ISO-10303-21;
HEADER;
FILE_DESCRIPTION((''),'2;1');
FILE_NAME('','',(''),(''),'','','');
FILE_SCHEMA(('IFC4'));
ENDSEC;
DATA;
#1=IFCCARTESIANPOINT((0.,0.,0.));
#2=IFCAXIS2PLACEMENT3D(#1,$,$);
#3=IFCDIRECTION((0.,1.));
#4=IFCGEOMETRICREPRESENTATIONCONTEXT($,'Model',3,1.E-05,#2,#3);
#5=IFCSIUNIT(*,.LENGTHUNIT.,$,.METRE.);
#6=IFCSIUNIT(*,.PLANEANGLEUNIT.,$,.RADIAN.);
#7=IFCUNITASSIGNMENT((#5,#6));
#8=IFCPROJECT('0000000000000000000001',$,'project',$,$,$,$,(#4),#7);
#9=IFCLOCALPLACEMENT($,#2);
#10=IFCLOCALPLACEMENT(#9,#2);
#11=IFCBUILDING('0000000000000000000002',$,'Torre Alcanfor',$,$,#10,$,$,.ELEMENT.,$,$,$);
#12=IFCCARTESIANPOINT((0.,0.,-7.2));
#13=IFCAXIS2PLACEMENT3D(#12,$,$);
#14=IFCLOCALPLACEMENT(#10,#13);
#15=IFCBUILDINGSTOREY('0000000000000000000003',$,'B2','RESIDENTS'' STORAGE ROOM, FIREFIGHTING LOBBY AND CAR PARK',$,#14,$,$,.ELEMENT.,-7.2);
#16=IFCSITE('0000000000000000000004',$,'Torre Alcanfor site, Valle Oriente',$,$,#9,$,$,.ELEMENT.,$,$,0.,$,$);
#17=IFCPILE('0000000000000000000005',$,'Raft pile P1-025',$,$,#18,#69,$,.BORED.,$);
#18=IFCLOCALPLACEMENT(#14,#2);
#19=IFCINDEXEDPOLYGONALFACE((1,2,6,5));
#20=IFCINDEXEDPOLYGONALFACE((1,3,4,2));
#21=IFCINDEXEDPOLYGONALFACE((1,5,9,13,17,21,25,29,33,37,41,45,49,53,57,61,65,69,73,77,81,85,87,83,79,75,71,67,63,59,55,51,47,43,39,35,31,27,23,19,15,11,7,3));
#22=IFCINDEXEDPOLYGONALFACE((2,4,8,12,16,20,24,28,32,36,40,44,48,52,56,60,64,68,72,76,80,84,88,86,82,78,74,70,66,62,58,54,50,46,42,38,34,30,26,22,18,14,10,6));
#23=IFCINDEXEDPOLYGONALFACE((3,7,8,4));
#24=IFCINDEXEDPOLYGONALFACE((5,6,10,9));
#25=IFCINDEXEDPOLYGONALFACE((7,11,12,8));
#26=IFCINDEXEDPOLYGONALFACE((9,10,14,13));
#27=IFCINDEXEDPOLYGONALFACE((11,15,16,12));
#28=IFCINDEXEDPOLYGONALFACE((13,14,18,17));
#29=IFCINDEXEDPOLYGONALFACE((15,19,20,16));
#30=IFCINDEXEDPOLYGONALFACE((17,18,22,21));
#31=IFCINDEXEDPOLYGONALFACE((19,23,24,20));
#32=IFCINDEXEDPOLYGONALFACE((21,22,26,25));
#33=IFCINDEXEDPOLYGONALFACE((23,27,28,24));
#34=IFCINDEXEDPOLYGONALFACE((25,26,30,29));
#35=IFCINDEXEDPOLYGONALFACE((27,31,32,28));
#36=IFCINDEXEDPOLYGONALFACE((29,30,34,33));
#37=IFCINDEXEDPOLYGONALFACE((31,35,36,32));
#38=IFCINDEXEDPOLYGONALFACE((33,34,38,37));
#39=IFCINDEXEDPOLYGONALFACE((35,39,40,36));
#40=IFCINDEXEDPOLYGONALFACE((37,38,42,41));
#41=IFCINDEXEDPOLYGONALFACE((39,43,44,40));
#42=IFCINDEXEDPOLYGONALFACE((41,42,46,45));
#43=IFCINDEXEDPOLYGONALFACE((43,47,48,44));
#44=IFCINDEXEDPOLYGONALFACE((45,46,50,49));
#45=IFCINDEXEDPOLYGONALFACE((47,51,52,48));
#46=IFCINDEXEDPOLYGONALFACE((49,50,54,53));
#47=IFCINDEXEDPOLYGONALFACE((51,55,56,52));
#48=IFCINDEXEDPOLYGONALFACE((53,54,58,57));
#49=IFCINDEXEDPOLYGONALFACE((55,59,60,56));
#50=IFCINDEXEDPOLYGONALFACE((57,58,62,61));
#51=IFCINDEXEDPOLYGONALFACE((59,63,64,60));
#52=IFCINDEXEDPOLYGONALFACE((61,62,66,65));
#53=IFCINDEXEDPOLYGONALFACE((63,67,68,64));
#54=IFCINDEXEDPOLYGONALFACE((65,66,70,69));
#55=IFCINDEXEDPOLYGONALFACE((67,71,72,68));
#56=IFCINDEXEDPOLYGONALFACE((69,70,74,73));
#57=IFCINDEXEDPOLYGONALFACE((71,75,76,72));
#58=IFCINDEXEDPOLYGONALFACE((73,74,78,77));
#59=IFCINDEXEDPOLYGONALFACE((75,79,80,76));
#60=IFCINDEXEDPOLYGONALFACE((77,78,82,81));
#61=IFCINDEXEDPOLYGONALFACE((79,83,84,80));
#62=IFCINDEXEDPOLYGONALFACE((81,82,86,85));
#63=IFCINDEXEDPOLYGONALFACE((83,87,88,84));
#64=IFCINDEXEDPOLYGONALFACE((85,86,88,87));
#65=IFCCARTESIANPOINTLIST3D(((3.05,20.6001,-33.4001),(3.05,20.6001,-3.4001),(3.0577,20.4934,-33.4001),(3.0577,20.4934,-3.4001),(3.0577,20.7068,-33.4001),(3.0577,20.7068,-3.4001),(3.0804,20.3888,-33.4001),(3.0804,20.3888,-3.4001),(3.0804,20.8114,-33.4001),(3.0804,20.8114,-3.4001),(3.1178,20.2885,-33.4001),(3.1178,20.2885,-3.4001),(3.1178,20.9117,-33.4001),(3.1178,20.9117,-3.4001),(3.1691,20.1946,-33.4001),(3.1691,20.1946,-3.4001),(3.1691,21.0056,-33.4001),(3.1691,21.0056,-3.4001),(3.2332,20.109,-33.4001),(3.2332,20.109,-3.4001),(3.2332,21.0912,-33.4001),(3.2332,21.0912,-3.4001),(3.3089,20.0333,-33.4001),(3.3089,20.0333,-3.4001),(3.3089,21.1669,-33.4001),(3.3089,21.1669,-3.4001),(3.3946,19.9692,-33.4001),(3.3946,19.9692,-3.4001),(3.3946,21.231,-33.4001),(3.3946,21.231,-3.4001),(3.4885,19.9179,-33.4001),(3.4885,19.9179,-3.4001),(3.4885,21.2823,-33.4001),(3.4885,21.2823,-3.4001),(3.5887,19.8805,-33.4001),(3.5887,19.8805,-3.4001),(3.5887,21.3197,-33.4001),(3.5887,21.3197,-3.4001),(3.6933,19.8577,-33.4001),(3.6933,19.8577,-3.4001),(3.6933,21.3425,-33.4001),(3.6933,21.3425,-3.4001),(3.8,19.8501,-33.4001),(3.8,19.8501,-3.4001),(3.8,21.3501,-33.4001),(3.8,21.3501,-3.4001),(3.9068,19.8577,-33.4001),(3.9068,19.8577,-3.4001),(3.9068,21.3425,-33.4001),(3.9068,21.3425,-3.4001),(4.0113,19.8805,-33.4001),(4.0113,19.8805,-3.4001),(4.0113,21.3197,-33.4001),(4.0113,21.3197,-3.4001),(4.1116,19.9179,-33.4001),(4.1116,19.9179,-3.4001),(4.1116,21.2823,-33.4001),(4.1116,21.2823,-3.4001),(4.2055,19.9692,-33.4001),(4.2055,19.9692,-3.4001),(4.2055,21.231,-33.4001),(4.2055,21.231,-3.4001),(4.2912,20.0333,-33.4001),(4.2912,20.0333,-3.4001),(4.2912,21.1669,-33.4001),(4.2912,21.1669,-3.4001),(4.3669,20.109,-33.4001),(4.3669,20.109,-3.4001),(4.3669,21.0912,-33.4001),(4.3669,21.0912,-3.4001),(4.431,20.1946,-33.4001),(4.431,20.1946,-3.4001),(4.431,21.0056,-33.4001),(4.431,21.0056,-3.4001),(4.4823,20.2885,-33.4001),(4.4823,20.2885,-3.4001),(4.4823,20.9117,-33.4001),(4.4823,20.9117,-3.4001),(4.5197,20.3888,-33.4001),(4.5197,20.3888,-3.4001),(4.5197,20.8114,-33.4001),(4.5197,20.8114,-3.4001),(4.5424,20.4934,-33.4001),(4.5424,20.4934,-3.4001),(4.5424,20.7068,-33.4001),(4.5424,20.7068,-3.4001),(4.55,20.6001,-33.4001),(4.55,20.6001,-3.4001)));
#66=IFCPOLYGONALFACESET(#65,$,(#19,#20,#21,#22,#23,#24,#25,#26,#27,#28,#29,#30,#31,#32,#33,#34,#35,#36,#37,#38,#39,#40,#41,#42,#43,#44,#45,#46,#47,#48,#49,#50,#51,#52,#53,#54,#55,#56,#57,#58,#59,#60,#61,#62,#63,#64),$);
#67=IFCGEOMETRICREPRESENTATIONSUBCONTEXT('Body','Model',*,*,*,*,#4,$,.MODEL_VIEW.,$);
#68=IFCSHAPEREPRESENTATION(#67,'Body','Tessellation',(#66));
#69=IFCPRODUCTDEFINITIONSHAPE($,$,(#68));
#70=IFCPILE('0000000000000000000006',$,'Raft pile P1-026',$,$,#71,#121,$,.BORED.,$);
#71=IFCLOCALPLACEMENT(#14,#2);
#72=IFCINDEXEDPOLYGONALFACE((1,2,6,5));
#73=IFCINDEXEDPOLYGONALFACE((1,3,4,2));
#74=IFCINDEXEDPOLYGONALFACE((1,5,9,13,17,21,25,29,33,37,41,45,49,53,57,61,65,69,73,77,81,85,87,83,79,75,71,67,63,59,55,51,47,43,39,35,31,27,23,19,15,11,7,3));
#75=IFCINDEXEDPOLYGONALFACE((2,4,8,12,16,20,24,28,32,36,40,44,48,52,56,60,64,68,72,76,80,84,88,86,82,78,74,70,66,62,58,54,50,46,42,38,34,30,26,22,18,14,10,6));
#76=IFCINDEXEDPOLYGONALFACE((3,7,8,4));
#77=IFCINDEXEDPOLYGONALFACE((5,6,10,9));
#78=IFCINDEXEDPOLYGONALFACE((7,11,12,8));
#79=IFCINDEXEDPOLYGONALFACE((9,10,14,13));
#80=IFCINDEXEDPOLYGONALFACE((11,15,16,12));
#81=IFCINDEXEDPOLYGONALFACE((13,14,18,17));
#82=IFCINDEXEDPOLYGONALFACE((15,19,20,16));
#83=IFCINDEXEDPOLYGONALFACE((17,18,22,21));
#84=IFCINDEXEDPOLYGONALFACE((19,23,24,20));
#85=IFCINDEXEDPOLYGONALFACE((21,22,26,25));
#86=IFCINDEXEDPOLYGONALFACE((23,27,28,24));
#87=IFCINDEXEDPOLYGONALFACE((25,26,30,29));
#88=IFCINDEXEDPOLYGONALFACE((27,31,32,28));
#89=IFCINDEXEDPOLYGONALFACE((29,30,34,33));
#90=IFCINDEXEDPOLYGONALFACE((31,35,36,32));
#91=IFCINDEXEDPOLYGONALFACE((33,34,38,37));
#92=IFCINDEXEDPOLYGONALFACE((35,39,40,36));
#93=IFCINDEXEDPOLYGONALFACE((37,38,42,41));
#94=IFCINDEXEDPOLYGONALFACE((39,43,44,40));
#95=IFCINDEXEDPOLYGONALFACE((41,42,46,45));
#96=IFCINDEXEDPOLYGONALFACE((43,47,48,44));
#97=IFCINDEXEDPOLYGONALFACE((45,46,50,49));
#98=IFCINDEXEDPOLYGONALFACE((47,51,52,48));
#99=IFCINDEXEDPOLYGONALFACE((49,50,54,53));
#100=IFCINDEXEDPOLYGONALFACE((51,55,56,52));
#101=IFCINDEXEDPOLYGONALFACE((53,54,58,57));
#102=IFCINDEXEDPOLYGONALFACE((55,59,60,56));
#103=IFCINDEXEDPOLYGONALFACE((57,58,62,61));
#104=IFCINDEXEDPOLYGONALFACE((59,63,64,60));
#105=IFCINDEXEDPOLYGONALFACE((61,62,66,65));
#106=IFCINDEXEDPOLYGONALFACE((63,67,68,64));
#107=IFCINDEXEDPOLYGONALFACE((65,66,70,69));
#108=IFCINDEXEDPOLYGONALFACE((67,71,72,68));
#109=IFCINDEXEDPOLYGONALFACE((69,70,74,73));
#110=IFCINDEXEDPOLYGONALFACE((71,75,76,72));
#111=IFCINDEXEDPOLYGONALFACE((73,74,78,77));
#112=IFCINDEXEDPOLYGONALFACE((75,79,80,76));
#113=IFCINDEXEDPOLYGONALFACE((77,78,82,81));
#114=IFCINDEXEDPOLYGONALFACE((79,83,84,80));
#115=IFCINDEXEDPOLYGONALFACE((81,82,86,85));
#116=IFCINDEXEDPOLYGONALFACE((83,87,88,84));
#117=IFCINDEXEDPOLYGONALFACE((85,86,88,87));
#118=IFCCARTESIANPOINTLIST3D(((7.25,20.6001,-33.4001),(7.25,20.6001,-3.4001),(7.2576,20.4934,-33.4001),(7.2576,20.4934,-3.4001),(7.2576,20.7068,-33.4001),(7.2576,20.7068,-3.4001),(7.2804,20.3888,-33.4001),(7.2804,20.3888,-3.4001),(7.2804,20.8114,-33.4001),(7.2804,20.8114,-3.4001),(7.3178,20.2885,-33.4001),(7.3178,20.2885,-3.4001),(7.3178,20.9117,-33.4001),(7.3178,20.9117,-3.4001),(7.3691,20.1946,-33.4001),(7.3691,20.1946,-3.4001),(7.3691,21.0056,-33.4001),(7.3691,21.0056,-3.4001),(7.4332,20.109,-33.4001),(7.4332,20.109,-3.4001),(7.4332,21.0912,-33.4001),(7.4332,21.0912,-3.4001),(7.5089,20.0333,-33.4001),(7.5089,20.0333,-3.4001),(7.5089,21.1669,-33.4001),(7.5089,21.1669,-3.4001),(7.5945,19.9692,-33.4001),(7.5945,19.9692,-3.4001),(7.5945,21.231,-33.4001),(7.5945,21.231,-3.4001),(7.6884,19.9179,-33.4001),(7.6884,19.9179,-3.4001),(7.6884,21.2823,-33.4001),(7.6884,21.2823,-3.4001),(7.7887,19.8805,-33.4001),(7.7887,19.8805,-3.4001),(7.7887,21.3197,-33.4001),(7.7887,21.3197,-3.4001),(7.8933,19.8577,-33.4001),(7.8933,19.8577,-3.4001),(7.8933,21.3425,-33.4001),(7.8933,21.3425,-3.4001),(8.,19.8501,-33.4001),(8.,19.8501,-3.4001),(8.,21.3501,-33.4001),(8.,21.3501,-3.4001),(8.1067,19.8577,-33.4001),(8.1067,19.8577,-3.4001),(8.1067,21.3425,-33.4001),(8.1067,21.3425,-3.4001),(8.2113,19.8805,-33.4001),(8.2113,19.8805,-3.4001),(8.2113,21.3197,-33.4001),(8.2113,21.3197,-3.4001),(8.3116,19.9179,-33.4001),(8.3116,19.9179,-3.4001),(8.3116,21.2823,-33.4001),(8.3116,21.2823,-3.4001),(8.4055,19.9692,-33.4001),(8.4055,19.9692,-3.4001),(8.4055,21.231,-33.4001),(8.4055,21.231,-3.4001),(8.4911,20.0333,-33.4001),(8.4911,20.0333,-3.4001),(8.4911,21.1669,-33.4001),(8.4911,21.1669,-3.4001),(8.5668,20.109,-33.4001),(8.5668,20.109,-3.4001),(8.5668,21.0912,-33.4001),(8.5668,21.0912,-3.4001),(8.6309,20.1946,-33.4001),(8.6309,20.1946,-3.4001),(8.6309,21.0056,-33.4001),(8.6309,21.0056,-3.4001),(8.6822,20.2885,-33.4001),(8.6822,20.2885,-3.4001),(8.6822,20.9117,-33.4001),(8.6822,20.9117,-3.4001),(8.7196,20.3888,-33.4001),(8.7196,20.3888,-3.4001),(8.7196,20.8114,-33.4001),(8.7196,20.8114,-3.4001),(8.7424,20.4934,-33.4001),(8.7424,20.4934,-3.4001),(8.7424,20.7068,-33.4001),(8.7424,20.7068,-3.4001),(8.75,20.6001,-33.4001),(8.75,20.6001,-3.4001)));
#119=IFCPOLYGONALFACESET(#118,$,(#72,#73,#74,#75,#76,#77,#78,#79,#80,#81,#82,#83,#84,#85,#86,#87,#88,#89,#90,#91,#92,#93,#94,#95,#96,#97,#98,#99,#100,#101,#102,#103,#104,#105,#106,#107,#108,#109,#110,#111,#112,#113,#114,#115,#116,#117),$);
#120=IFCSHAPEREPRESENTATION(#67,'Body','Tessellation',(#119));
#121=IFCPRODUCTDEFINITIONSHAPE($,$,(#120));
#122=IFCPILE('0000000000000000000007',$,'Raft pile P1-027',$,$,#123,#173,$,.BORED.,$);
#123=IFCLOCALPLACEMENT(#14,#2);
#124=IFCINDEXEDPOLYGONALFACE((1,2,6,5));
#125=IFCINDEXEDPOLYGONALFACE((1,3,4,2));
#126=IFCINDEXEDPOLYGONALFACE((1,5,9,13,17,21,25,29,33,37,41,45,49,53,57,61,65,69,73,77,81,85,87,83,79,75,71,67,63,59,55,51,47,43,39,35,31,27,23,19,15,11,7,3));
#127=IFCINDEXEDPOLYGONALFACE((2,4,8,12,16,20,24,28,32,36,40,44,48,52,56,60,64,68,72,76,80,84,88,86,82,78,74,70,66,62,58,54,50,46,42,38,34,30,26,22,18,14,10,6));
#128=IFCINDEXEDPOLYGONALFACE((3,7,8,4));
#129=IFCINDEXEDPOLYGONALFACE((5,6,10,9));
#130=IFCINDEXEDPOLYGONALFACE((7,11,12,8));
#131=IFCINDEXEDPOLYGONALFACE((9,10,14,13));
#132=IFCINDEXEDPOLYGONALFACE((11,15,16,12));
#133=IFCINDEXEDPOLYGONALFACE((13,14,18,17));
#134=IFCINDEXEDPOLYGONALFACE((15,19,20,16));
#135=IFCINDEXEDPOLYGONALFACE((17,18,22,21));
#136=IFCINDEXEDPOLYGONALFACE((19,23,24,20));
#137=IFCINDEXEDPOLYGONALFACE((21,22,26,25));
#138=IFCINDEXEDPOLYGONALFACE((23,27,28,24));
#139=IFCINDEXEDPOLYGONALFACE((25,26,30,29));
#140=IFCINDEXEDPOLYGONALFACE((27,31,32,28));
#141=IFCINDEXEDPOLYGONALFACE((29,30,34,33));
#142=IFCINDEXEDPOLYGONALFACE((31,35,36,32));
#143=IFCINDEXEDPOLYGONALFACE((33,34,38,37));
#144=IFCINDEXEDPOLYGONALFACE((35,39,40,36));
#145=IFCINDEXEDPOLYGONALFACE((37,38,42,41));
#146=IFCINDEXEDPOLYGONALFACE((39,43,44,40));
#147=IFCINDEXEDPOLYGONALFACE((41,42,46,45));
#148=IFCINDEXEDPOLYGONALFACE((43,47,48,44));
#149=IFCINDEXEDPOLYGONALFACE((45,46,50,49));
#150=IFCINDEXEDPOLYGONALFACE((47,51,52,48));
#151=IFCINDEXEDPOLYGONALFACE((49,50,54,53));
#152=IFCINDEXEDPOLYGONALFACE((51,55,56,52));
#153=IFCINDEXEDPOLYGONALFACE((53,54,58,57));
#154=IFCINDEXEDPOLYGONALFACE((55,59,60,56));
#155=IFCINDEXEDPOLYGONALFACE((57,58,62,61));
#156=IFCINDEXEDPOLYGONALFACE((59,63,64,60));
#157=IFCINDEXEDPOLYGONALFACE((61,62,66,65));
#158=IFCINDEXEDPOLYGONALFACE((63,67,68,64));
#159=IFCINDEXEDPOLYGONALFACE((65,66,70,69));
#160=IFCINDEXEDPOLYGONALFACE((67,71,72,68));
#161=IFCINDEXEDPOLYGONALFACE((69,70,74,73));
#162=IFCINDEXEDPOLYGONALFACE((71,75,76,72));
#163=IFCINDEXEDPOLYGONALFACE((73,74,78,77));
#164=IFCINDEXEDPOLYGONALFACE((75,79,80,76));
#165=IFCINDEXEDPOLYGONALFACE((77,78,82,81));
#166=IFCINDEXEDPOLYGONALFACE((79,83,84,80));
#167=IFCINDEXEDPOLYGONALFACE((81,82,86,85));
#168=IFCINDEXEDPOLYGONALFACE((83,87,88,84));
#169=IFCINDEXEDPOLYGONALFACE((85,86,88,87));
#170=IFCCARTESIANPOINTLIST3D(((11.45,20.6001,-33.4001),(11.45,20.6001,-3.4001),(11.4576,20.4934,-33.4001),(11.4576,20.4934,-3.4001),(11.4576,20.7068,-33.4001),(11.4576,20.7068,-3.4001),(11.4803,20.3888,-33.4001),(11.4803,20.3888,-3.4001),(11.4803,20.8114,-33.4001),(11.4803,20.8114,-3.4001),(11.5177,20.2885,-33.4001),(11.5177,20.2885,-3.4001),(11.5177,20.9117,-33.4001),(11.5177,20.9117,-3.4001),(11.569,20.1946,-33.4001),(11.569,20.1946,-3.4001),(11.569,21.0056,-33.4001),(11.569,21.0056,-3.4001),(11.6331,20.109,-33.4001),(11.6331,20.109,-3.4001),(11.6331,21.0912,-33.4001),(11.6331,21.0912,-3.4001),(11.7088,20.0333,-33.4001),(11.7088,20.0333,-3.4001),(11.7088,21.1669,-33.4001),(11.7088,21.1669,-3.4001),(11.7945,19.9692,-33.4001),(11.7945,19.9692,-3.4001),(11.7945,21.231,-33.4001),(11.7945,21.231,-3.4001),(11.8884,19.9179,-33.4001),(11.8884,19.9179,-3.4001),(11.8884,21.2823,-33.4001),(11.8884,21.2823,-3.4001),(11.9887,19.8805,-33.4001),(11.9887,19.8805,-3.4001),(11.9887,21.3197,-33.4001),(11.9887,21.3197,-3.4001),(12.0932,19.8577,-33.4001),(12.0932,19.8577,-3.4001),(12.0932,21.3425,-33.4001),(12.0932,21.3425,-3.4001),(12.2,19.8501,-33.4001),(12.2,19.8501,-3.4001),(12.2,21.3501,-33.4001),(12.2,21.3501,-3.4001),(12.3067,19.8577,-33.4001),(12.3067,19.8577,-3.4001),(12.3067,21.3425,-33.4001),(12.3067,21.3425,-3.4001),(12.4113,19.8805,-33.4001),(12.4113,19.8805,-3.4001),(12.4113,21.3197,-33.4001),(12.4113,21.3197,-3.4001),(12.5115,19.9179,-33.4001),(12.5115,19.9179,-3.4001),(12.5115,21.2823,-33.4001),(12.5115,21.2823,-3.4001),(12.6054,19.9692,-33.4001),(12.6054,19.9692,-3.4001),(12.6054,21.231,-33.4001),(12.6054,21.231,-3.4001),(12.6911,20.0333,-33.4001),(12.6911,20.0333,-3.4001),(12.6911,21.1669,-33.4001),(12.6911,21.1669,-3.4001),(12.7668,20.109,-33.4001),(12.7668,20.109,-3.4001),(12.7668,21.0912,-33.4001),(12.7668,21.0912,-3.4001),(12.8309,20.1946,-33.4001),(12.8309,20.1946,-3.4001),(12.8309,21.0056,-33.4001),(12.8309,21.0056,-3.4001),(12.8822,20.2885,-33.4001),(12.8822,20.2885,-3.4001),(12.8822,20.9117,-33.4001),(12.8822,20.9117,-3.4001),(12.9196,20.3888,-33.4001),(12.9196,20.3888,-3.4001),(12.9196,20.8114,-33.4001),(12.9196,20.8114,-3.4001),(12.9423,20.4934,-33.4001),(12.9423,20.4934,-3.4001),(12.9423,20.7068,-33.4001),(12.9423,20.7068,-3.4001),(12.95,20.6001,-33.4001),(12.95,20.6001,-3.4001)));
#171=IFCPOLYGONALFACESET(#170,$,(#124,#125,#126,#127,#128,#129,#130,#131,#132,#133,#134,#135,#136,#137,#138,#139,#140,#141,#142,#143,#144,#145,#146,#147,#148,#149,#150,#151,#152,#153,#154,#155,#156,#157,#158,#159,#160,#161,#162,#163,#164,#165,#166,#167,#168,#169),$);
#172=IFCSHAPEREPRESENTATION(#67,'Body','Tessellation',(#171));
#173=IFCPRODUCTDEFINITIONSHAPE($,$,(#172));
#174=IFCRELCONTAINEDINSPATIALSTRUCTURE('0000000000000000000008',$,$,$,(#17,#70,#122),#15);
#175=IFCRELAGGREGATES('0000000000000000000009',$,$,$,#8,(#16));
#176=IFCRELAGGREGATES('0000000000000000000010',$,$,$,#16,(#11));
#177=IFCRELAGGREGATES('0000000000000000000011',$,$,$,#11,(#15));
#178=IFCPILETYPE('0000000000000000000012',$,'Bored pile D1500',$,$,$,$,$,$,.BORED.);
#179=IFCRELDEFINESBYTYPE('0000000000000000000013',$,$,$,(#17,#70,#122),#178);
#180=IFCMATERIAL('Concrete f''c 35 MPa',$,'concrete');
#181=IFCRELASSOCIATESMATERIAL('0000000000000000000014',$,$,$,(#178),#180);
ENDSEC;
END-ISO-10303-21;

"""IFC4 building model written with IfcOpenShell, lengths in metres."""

from ifc_helpers import new_model, si_unit, direction, frame, origin, origin_2d, place, context, subcontext, project, spatial, circle, extrude, material, material_profile, profile_set, type_object, element, save


model = new_model("IFC4")

# Units and contexts
model_context = context("Model", 3, precision=1e-05, world=origin(), true_north=direction((0.0, 1.0)))
body_context = subcontext(model_context, "Body", "Model", "MODEL_VIEW")
ifc_project = project(units=[si_unit("LENGTHUNIT", "METRE"), si_unit("PLANEANGLEUNIT", "RADIAN")], contexts=[model_context])

# Site, building, storey
site_placement = place(None, origin())
site = spatial("IfcSite", under=ifc_project, at=site_placement, Name="Torre Alcanfor site, Valle Oriente", CompositionType="ELEMENT", RefElevation=0.0)
building_placement = place(site_placement, origin())
building = spatial("IfcBuilding", under=site, at=building_placement, Name="Torre Alcanfor", CompositionType="ELEMENT")
storey_placement = place(building_placement, frame((0.0, 0.0, -7.2)))
storey = spatial("IfcBuildingStorey", under=building, at=storey_placement, Name="B2", Description="RESIDENTS' STORAGE ROOM, FIREFIGHTING LOBBY AND CAR PARK", CompositionType="ELEMENT", Elevation=-7.2)

# Piles
ifc_material_1 = material(Name="Concrete f'c 35 MPa", Category="concrete")
ifc_material_profile_1 = material_profile(ifc_material_1, circle(Radius=0.75, at=origin_2d()), Name="D1500")
ifc_profile_set_1 = profile_set([ifc_material_profile_1], Name="Concrete f'c 35 MPa")
pile_type = type_object("IfcPileType", Name="Bored pile D1500", PredefinedType="BORED", material=ifc_profile_set_1)
for number, where, z_axis, x_axis, name in (
    (1, (3.8, 20.6001, -3.4001), (0.0, 0.0, -1.0), (1.0, 0.0, 0.0), "Raft pile P1-025"),
    (2, (8.0, 20.6001, -3.4001), (0.0, 0.0, -1.0), (1.0, 0.0, 0.0), "Raft pile P1-026"),
    (3, (12.2, 20.6001, -3.4001), (0.0, 0.0, -1.0), (1.0, 0.0, 0.0), "Raft pile P1-027"),
):
    element("IfcPile", number, at=place(storey_placement, frame(where, z_axis=z_axis, x_axis=x_axis)), inside=storey, type_object=pile_type, Name=name, PredefinedType="BORED", context=body_context, shape_type="SweptSolid", body=[
        extrude(circle(Radius=0.75, at=origin_2d()), origin(), (0.0, 0.0, 1.0), 30.0),
    ])

save(model, "model.ifc")
